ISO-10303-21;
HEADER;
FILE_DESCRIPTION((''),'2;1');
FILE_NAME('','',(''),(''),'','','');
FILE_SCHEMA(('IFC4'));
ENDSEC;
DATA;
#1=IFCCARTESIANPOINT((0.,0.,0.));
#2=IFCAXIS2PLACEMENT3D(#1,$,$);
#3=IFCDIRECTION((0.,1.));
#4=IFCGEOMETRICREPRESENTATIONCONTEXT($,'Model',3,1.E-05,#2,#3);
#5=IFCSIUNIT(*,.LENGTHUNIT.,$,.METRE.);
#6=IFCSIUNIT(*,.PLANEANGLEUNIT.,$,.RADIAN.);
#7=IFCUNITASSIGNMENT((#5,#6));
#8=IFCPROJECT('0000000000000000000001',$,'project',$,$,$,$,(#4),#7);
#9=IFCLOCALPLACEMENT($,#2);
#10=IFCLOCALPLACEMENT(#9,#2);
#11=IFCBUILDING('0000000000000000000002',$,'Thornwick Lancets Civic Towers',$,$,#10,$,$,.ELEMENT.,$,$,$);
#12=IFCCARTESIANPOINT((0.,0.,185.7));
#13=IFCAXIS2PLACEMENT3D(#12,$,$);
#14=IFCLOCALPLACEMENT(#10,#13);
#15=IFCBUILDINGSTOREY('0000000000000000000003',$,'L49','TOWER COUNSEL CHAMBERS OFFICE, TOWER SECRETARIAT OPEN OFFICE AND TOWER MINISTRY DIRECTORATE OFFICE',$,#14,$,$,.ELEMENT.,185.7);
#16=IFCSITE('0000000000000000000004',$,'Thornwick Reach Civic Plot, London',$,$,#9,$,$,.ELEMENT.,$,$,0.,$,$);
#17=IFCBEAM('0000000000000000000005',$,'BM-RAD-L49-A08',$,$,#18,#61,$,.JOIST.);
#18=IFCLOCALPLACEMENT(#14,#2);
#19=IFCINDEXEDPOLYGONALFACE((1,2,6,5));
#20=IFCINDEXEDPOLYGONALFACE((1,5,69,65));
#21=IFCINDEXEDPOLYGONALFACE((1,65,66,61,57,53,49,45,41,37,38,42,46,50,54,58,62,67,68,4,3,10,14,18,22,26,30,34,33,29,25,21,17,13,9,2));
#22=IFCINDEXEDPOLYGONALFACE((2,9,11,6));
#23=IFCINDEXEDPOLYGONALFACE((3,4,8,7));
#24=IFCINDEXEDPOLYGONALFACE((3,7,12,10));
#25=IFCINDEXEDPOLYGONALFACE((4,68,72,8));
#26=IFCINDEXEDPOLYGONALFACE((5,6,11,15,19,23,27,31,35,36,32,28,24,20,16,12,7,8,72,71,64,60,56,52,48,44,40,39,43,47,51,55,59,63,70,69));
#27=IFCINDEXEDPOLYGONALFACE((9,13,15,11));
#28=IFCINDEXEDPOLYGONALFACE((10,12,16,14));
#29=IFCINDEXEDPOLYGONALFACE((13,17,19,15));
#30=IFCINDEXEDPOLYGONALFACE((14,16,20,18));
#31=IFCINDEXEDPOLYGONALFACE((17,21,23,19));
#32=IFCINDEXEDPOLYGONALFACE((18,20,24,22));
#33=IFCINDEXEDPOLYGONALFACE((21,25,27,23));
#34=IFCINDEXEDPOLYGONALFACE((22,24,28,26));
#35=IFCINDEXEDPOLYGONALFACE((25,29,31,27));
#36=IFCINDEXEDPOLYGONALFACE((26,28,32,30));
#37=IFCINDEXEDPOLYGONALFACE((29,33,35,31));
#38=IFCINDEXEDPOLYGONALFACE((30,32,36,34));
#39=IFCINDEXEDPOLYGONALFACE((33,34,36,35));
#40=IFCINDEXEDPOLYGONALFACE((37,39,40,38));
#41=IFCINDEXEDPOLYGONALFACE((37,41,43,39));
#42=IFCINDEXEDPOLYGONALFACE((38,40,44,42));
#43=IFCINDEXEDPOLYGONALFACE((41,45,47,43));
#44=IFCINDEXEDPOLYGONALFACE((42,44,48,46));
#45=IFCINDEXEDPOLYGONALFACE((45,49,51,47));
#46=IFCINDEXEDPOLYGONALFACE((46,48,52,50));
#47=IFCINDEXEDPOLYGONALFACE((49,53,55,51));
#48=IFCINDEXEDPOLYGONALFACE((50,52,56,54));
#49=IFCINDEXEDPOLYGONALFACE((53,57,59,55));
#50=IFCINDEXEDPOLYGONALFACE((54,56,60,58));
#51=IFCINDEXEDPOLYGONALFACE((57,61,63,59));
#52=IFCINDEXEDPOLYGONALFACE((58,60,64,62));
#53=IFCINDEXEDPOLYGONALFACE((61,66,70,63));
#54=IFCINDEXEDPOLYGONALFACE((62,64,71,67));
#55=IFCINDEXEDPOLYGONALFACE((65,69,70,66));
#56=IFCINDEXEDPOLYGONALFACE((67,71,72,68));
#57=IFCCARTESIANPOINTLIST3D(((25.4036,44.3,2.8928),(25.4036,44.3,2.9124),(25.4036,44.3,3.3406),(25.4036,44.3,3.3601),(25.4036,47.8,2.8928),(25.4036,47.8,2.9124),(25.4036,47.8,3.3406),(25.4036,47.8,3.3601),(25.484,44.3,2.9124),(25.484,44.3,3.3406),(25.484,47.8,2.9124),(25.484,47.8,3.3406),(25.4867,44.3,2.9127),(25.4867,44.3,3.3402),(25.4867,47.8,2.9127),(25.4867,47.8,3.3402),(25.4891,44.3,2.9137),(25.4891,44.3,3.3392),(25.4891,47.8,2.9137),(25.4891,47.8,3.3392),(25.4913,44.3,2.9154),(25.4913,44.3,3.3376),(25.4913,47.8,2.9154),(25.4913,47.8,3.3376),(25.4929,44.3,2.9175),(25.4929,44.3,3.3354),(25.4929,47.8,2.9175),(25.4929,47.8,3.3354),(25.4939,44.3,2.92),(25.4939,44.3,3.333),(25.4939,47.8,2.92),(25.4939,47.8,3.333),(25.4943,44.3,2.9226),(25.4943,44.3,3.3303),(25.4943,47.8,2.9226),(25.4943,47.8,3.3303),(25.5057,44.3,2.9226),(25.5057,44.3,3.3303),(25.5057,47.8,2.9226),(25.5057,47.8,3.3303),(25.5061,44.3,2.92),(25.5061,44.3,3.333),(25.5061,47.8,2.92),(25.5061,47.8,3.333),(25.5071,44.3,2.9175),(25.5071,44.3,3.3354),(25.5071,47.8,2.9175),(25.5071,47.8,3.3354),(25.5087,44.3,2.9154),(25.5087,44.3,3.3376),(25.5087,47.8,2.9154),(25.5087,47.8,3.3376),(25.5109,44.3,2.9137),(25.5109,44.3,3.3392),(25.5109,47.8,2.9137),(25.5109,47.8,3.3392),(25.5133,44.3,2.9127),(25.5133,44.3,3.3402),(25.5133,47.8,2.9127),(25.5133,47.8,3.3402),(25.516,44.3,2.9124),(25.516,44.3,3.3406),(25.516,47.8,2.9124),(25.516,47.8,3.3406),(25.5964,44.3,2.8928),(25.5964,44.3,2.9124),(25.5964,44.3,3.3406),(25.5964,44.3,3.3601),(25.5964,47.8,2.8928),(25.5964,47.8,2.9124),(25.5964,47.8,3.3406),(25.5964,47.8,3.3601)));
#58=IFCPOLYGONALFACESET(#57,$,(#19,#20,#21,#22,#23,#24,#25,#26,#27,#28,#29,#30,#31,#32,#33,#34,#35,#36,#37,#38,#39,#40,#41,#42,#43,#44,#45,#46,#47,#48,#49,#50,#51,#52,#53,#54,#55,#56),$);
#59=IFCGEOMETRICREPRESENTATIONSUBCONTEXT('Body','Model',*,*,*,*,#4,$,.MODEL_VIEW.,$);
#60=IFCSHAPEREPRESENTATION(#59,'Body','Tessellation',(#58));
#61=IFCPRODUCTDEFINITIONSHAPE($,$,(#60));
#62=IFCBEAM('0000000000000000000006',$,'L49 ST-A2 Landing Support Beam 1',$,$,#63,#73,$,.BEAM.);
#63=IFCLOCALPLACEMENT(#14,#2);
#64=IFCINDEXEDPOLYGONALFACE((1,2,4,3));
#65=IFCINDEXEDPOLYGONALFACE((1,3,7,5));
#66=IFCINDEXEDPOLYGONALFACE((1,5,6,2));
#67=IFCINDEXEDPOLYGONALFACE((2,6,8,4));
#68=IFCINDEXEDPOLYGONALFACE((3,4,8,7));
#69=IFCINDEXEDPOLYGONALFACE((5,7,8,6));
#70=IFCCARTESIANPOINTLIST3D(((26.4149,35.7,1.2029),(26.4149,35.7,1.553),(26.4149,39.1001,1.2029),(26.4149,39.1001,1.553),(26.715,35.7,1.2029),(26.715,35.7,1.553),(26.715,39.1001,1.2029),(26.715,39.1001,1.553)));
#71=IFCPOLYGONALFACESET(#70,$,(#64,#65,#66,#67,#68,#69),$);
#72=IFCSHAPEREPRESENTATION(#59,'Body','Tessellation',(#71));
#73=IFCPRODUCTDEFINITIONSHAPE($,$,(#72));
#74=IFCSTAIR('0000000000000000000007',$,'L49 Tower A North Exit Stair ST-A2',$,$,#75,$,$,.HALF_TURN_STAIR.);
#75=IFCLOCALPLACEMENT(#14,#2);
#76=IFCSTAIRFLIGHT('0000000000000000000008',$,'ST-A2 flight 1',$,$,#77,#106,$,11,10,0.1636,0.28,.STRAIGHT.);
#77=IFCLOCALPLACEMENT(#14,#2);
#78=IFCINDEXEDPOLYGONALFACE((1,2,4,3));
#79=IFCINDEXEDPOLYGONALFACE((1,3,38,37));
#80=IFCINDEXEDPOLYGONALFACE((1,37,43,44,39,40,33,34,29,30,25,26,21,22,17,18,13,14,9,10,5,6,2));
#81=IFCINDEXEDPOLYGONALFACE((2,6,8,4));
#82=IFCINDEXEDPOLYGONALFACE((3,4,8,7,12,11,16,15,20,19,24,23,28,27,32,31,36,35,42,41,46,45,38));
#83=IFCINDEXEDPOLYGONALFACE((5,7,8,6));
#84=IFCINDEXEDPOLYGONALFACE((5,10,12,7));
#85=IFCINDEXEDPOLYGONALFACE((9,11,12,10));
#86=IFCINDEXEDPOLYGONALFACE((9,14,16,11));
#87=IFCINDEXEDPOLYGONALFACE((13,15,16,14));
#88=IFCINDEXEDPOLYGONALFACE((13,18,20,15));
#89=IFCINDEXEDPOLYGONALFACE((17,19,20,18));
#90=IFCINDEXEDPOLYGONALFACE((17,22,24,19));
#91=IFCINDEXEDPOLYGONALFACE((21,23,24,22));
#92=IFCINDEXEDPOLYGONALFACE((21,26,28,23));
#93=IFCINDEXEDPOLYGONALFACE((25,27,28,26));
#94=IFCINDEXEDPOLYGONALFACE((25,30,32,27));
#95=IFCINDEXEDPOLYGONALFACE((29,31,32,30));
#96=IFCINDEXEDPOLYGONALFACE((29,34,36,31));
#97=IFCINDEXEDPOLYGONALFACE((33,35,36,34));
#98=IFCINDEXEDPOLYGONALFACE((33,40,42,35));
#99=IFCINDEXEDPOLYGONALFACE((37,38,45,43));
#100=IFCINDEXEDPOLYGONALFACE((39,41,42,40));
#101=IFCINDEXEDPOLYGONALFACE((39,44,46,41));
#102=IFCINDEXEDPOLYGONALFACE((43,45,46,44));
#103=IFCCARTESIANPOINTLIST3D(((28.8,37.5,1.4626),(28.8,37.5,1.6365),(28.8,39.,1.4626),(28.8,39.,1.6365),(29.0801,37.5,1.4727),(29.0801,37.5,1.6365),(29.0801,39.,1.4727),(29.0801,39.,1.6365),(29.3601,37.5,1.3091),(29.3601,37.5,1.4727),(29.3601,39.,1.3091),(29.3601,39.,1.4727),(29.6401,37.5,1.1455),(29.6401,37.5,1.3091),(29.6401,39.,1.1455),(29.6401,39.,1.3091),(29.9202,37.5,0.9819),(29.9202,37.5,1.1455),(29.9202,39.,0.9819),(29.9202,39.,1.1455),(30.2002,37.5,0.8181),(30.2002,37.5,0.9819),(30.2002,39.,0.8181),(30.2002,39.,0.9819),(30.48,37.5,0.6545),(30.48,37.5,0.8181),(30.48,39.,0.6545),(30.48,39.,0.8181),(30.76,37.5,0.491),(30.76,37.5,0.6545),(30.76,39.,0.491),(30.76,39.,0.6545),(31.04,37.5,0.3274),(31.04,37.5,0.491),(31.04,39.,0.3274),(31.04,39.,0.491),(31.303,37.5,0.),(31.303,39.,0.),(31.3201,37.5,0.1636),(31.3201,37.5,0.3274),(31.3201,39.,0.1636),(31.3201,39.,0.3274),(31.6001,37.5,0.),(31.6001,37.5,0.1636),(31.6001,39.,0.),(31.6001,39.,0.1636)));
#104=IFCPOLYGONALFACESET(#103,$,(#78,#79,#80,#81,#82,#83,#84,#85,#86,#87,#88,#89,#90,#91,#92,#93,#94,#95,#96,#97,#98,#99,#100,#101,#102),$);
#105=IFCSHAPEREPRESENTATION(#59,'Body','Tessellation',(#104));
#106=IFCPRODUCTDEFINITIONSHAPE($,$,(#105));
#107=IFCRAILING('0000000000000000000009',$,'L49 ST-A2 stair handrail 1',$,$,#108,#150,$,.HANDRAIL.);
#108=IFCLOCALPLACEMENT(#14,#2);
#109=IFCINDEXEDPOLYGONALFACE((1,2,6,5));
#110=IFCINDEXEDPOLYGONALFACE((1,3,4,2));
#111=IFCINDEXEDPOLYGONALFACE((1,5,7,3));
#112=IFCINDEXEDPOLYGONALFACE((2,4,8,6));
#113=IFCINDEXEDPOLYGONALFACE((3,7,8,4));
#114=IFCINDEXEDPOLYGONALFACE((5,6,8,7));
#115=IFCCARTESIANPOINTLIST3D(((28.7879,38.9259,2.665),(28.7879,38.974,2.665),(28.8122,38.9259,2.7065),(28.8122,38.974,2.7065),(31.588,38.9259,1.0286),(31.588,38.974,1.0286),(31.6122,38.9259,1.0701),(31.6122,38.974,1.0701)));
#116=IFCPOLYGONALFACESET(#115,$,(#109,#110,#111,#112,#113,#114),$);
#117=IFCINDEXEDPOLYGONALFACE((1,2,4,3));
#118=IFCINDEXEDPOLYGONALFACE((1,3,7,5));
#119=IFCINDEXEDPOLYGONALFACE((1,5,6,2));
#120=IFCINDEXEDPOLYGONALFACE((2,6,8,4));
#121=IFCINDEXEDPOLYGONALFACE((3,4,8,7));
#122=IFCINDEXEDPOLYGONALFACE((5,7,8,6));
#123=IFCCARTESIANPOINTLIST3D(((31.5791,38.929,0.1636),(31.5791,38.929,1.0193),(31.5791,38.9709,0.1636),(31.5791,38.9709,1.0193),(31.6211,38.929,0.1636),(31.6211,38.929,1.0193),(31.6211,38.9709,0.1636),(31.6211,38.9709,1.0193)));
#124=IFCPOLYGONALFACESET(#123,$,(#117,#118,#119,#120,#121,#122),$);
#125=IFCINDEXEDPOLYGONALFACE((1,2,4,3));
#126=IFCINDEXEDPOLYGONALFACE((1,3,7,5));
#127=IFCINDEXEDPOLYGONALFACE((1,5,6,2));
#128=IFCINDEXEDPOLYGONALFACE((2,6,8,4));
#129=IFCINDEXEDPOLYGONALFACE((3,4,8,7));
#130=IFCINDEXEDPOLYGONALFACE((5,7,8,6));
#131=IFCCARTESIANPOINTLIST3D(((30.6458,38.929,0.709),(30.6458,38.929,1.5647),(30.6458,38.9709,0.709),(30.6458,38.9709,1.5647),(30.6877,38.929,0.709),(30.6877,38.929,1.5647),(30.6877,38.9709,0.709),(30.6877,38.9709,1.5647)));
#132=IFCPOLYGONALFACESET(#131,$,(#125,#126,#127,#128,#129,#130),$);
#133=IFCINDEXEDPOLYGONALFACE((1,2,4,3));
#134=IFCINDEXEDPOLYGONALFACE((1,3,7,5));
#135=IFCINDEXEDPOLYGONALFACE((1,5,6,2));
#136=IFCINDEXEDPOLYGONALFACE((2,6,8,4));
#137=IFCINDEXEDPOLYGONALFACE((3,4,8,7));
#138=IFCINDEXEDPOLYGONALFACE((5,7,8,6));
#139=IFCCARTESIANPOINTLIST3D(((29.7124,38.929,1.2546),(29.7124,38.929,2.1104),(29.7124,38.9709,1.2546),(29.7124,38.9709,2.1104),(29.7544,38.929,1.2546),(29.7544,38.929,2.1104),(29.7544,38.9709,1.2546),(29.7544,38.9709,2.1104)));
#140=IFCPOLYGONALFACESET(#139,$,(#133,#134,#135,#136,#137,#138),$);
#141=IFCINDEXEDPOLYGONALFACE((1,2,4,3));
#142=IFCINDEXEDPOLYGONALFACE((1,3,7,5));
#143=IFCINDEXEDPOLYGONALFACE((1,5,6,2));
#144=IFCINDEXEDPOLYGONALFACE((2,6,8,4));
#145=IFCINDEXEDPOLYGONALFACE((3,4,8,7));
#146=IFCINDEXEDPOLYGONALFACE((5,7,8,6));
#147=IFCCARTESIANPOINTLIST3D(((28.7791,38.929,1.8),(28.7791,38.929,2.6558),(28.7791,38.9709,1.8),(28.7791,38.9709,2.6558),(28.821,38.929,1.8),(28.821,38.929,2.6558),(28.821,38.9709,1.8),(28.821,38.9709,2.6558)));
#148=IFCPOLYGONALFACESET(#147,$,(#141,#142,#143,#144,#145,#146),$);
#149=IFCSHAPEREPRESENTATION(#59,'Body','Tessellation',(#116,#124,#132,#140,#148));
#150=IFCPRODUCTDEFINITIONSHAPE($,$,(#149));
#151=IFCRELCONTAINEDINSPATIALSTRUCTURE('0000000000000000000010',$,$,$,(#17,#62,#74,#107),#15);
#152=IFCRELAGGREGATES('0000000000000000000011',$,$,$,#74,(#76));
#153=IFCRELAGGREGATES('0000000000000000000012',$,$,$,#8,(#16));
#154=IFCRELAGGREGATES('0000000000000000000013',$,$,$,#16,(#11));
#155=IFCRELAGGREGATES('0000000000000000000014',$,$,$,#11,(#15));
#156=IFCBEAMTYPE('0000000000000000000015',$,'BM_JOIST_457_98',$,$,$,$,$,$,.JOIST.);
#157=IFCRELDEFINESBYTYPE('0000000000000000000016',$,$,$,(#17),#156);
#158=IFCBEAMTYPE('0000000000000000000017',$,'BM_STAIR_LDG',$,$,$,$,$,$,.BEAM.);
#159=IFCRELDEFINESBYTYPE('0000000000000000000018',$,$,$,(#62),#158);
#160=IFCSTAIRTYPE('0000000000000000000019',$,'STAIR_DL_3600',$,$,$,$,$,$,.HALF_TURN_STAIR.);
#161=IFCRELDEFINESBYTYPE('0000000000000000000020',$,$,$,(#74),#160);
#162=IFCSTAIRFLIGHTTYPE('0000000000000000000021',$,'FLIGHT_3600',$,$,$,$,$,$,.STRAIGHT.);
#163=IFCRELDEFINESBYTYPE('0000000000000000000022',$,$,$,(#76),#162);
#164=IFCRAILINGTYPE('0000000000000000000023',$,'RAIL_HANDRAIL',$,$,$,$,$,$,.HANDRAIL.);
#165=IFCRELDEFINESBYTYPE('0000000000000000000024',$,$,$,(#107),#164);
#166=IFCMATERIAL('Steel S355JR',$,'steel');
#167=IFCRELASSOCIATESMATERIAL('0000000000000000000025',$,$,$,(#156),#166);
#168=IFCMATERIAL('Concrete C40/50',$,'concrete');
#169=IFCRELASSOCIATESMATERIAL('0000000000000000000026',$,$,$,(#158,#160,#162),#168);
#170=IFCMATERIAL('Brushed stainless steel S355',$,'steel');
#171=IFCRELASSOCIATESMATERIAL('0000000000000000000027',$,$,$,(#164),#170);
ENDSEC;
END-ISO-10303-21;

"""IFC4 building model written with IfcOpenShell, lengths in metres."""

from ifc_helpers import new_model, si_unit, direction, frame, origin, origin_2d, place, context, subcontext, project, spatial, polyline, rectangle, i_section, outline, extrude, material, material_profile, profile_set, type_object, element, aggregate, save


model = new_model("IFC4")

# Units and contexts
model_context = context("Model", 3, precision=1e-05, world=origin(), true_north=direction((0.0, 1.0)))
body_context = subcontext(model_context, "Body", "Model", "MODEL_VIEW")
ifc_project = project(units=[si_unit("LENGTHUNIT", "METRE"), si_unit("PLANEANGLEUNIT", "RADIAN")], contexts=[model_context])

# Site, building, storey
site_placement = place(None, origin())
site = spatial("IfcSite", under=ifc_project, at=site_placement, Name="Thornwick Reach Civic Plot, London", CompositionType="ELEMENT", RefElevation=0.0)
building_placement = place(site_placement, origin())
building = spatial("IfcBuilding", under=site, at=building_placement, Name="Thornwick Lancets Civic Towers", CompositionType="ELEMENT")
storey_placement = place(building_placement, frame((0.0, 0.0, 185.7)))
storey = spatial("IfcBuildingStorey", under=building, at=storey_placement, Name="L49", Description="TOWER COUNSEL CHAMBERS OFFICE, TOWER SECRETARIAT OPEN OFFICE AND TOWER MINISTRY DIRECTORATE OFFICE", CompositionType="ELEMENT", Elevation=185.7)

# Beams
ifc_material_1 = material(Name="Steel S355JR", Category="steel")
ifc_material_profile_1 = material_profile(ifc_material_1, i_section(OverallWidth=0.1929, OverallDepth=0.4673, WebThickness=0.0115, FlangeThickness=0.0195, FilletRadius=0.0103, at=origin_2d()), Name="UKB 457x191x98")
ifc_profile_set_1 = profile_set([ifc_material_profile_1], Name="Steel S355JR")
beam_type_1 = type_object("IfcBeamType", Name="BM_JOIST_457_98", PredefinedType="JOIST", material=ifc_profile_set_1)
beam_1_placement = place(storey_placement, frame((25.5, 44.3, 3.1265), z_axis=(0.0, 1.0, 0.0), x_axis=(-1.0, 0.0, 0.0)))
element("IfcBeam", 1, at=beam_1_placement, inside=storey, type_object=beam_type_1, Name="BM-RAD-L49-A08", PredefinedType="JOIST", context=body_context, shape_type="SweptSolid", body=[
    extrude(i_section(OverallWidth=0.1929, OverallDepth=0.4673, WebThickness=0.0115, FlangeThickness=0.0195, FilletRadius=0.0103, at=origin_2d()), origin(), (0.0, 0.0, 1.0), 3.5),
])
ifc_material_2 = material(Name="Concrete C40/50", Category="concrete")
ifc_material_profile_2 = material_profile(ifc_material_2, rectangle(XDim=0.3, YDim=0.3501, at=origin_2d()), Name="RC 300x350")
ifc_profile_set_2 = profile_set([ifc_material_profile_2], Name="Concrete C40/50")
beam_type_2 = type_object("IfcBeamType", Name="BM_STAIR_LDG", PredefinedType="BEAM", material=ifc_profile_set_2)
beam_2_placement = place(storey_placement, frame((26.5649, 39.1001, 1.3779), z_axis=(0.0, -1.0, 0.0), x_axis=(1.0, 0.0, 0.0)))
element("IfcBeam", 2, at=beam_2_placement, inside=storey, type_object=beam_type_2, Name="L49 ST-A2 Landing Support Beam 1", PredefinedType="BEAM", context=body_context, shape_type="SweptSolid", body=[
    extrude(rectangle(XDim=0.3, YDim=0.3501, at=origin_2d()), origin(), (0.0, 0.0, 1.0), 3.4001),
])

# Stair, stair flight
stair_type = type_object("IfcStairType", Name="STAIR_DL_3600", PredefinedType="HALF_TURN_STAIR", material=ifc_material_2)
stair_placement = place(storey_placement, origin())
stair = element("IfcStair", 3, at=stair_placement, inside=storey, type_object=stair_type, Name="L49 Tower A North Exit Stair ST-A2", PredefinedType="HALF_TURN_STAIR")
stair_flight_type = type_object("IfcStairFlightType", Name="FLIGHT_3600", PredefinedType="STRAIGHT", material=ifc_material_2)
stair_flight_placement = place(storey_placement, frame((31.6001, 38.25, 0.0), z_axis=(0.0, 0.0, 1.0), x_axis=(-1.0, 0.0, 0.0)))
stair_flight = element("IfcStairFlight", 4, at=stair_flight_placement, type_object=stair_flight_type, Name="ST-A2 flight 1", NumberOfRisers=11, NumberOfTreads=10, PredefinedType="STRAIGHT", RiserHeight=0.1636, TreadLength=0.28, context=body_context, shape_type="SweptSolid", body=[
    extrude(outline(polyline([(0.0, 0.0), (0.0, 0.1636), (0.28, 0.1636), (0.28, 0.3274), (0.5601, 0.3274), (0.5601, 0.491), (0.8401, 0.491), (0.8401, 0.6545), (1.1201, 0.6545), (1.1201, 0.8181), (1.3999, 0.8181), (1.3999, 0.9819), (1.6799, 0.9819), (1.6799, 1.1455), (1.96, 1.1455), (1.96, 1.3091), (2.24, 1.3091), (2.24, 1.4727), (2.52, 1.4727), (2.52, 1.6365), (2.8, 1.6365), (2.8, 1.8), (2.8, 1.4626), (0.2971, 0.0), (0.0, 0.0)])), frame((0.0, 0.75, 0.0), z_axis=(0.0, -1.0, 0.0), x_axis=(1.0, 0.0, 0.0)), (0.0, 0.0, 1.0), 1.5),
])
aggregate(stair, [stair_flight])

# Railing
ifc_material_3 = material(Name="Brushed stainless steel S355", Category="steel")
railing_type_1 = type_object("IfcRailingType", Name="RAIL_HANDRAIL", PredefinedType="HANDRAIL", material=ifc_material_3)
railing_1_placement = place(storey_placement, frame((31.6001, 38.95, 0.1636)))
element("IfcRailing", 5, at=railing_1_placement, inside=storey, type_object=railing_type_1, Name="L49 ST-A2 stair handrail 1", PredefinedType="HANDRAIL", context=body_context, shape_type="SweptSolid", body=[
    extrude(rectangle(XDim=0.0481, YDim=0.0481, at=origin_2d()), frame((0.0, 0.0, 0.8857), z_axis=(-0.863361, 0.0, 0.504587), x_axis=(0.0, -1.0, 0.0)), (0.0, 0.0, 1.0), 3.2432),
    extrude(rectangle(XDim=0.042, YDim=0.042, at=origin_2d()), origin(), (0.0, 0.0, 1.0), 0.8557),
    extrude(rectangle(XDim=0.042, YDim=0.042, at=origin_2d()), frame((-0.9333, 0.0, 0.5454)), (0.0, 0.0, 1.0), 0.8557),
    extrude(rectangle(XDim=0.042, YDim=0.042, at=origin_2d()), frame((-1.8667, 0.0, 1.0911)), (0.0, 0.0, 1.0), 0.8557),
    extrude(rectangle(XDim=0.042, YDim=0.042, at=origin_2d()), frame((-2.8, 0.0, 1.6365)), (0.0, 0.0, 1.0), 0.8557),
])

save(model, "model.ifc")
